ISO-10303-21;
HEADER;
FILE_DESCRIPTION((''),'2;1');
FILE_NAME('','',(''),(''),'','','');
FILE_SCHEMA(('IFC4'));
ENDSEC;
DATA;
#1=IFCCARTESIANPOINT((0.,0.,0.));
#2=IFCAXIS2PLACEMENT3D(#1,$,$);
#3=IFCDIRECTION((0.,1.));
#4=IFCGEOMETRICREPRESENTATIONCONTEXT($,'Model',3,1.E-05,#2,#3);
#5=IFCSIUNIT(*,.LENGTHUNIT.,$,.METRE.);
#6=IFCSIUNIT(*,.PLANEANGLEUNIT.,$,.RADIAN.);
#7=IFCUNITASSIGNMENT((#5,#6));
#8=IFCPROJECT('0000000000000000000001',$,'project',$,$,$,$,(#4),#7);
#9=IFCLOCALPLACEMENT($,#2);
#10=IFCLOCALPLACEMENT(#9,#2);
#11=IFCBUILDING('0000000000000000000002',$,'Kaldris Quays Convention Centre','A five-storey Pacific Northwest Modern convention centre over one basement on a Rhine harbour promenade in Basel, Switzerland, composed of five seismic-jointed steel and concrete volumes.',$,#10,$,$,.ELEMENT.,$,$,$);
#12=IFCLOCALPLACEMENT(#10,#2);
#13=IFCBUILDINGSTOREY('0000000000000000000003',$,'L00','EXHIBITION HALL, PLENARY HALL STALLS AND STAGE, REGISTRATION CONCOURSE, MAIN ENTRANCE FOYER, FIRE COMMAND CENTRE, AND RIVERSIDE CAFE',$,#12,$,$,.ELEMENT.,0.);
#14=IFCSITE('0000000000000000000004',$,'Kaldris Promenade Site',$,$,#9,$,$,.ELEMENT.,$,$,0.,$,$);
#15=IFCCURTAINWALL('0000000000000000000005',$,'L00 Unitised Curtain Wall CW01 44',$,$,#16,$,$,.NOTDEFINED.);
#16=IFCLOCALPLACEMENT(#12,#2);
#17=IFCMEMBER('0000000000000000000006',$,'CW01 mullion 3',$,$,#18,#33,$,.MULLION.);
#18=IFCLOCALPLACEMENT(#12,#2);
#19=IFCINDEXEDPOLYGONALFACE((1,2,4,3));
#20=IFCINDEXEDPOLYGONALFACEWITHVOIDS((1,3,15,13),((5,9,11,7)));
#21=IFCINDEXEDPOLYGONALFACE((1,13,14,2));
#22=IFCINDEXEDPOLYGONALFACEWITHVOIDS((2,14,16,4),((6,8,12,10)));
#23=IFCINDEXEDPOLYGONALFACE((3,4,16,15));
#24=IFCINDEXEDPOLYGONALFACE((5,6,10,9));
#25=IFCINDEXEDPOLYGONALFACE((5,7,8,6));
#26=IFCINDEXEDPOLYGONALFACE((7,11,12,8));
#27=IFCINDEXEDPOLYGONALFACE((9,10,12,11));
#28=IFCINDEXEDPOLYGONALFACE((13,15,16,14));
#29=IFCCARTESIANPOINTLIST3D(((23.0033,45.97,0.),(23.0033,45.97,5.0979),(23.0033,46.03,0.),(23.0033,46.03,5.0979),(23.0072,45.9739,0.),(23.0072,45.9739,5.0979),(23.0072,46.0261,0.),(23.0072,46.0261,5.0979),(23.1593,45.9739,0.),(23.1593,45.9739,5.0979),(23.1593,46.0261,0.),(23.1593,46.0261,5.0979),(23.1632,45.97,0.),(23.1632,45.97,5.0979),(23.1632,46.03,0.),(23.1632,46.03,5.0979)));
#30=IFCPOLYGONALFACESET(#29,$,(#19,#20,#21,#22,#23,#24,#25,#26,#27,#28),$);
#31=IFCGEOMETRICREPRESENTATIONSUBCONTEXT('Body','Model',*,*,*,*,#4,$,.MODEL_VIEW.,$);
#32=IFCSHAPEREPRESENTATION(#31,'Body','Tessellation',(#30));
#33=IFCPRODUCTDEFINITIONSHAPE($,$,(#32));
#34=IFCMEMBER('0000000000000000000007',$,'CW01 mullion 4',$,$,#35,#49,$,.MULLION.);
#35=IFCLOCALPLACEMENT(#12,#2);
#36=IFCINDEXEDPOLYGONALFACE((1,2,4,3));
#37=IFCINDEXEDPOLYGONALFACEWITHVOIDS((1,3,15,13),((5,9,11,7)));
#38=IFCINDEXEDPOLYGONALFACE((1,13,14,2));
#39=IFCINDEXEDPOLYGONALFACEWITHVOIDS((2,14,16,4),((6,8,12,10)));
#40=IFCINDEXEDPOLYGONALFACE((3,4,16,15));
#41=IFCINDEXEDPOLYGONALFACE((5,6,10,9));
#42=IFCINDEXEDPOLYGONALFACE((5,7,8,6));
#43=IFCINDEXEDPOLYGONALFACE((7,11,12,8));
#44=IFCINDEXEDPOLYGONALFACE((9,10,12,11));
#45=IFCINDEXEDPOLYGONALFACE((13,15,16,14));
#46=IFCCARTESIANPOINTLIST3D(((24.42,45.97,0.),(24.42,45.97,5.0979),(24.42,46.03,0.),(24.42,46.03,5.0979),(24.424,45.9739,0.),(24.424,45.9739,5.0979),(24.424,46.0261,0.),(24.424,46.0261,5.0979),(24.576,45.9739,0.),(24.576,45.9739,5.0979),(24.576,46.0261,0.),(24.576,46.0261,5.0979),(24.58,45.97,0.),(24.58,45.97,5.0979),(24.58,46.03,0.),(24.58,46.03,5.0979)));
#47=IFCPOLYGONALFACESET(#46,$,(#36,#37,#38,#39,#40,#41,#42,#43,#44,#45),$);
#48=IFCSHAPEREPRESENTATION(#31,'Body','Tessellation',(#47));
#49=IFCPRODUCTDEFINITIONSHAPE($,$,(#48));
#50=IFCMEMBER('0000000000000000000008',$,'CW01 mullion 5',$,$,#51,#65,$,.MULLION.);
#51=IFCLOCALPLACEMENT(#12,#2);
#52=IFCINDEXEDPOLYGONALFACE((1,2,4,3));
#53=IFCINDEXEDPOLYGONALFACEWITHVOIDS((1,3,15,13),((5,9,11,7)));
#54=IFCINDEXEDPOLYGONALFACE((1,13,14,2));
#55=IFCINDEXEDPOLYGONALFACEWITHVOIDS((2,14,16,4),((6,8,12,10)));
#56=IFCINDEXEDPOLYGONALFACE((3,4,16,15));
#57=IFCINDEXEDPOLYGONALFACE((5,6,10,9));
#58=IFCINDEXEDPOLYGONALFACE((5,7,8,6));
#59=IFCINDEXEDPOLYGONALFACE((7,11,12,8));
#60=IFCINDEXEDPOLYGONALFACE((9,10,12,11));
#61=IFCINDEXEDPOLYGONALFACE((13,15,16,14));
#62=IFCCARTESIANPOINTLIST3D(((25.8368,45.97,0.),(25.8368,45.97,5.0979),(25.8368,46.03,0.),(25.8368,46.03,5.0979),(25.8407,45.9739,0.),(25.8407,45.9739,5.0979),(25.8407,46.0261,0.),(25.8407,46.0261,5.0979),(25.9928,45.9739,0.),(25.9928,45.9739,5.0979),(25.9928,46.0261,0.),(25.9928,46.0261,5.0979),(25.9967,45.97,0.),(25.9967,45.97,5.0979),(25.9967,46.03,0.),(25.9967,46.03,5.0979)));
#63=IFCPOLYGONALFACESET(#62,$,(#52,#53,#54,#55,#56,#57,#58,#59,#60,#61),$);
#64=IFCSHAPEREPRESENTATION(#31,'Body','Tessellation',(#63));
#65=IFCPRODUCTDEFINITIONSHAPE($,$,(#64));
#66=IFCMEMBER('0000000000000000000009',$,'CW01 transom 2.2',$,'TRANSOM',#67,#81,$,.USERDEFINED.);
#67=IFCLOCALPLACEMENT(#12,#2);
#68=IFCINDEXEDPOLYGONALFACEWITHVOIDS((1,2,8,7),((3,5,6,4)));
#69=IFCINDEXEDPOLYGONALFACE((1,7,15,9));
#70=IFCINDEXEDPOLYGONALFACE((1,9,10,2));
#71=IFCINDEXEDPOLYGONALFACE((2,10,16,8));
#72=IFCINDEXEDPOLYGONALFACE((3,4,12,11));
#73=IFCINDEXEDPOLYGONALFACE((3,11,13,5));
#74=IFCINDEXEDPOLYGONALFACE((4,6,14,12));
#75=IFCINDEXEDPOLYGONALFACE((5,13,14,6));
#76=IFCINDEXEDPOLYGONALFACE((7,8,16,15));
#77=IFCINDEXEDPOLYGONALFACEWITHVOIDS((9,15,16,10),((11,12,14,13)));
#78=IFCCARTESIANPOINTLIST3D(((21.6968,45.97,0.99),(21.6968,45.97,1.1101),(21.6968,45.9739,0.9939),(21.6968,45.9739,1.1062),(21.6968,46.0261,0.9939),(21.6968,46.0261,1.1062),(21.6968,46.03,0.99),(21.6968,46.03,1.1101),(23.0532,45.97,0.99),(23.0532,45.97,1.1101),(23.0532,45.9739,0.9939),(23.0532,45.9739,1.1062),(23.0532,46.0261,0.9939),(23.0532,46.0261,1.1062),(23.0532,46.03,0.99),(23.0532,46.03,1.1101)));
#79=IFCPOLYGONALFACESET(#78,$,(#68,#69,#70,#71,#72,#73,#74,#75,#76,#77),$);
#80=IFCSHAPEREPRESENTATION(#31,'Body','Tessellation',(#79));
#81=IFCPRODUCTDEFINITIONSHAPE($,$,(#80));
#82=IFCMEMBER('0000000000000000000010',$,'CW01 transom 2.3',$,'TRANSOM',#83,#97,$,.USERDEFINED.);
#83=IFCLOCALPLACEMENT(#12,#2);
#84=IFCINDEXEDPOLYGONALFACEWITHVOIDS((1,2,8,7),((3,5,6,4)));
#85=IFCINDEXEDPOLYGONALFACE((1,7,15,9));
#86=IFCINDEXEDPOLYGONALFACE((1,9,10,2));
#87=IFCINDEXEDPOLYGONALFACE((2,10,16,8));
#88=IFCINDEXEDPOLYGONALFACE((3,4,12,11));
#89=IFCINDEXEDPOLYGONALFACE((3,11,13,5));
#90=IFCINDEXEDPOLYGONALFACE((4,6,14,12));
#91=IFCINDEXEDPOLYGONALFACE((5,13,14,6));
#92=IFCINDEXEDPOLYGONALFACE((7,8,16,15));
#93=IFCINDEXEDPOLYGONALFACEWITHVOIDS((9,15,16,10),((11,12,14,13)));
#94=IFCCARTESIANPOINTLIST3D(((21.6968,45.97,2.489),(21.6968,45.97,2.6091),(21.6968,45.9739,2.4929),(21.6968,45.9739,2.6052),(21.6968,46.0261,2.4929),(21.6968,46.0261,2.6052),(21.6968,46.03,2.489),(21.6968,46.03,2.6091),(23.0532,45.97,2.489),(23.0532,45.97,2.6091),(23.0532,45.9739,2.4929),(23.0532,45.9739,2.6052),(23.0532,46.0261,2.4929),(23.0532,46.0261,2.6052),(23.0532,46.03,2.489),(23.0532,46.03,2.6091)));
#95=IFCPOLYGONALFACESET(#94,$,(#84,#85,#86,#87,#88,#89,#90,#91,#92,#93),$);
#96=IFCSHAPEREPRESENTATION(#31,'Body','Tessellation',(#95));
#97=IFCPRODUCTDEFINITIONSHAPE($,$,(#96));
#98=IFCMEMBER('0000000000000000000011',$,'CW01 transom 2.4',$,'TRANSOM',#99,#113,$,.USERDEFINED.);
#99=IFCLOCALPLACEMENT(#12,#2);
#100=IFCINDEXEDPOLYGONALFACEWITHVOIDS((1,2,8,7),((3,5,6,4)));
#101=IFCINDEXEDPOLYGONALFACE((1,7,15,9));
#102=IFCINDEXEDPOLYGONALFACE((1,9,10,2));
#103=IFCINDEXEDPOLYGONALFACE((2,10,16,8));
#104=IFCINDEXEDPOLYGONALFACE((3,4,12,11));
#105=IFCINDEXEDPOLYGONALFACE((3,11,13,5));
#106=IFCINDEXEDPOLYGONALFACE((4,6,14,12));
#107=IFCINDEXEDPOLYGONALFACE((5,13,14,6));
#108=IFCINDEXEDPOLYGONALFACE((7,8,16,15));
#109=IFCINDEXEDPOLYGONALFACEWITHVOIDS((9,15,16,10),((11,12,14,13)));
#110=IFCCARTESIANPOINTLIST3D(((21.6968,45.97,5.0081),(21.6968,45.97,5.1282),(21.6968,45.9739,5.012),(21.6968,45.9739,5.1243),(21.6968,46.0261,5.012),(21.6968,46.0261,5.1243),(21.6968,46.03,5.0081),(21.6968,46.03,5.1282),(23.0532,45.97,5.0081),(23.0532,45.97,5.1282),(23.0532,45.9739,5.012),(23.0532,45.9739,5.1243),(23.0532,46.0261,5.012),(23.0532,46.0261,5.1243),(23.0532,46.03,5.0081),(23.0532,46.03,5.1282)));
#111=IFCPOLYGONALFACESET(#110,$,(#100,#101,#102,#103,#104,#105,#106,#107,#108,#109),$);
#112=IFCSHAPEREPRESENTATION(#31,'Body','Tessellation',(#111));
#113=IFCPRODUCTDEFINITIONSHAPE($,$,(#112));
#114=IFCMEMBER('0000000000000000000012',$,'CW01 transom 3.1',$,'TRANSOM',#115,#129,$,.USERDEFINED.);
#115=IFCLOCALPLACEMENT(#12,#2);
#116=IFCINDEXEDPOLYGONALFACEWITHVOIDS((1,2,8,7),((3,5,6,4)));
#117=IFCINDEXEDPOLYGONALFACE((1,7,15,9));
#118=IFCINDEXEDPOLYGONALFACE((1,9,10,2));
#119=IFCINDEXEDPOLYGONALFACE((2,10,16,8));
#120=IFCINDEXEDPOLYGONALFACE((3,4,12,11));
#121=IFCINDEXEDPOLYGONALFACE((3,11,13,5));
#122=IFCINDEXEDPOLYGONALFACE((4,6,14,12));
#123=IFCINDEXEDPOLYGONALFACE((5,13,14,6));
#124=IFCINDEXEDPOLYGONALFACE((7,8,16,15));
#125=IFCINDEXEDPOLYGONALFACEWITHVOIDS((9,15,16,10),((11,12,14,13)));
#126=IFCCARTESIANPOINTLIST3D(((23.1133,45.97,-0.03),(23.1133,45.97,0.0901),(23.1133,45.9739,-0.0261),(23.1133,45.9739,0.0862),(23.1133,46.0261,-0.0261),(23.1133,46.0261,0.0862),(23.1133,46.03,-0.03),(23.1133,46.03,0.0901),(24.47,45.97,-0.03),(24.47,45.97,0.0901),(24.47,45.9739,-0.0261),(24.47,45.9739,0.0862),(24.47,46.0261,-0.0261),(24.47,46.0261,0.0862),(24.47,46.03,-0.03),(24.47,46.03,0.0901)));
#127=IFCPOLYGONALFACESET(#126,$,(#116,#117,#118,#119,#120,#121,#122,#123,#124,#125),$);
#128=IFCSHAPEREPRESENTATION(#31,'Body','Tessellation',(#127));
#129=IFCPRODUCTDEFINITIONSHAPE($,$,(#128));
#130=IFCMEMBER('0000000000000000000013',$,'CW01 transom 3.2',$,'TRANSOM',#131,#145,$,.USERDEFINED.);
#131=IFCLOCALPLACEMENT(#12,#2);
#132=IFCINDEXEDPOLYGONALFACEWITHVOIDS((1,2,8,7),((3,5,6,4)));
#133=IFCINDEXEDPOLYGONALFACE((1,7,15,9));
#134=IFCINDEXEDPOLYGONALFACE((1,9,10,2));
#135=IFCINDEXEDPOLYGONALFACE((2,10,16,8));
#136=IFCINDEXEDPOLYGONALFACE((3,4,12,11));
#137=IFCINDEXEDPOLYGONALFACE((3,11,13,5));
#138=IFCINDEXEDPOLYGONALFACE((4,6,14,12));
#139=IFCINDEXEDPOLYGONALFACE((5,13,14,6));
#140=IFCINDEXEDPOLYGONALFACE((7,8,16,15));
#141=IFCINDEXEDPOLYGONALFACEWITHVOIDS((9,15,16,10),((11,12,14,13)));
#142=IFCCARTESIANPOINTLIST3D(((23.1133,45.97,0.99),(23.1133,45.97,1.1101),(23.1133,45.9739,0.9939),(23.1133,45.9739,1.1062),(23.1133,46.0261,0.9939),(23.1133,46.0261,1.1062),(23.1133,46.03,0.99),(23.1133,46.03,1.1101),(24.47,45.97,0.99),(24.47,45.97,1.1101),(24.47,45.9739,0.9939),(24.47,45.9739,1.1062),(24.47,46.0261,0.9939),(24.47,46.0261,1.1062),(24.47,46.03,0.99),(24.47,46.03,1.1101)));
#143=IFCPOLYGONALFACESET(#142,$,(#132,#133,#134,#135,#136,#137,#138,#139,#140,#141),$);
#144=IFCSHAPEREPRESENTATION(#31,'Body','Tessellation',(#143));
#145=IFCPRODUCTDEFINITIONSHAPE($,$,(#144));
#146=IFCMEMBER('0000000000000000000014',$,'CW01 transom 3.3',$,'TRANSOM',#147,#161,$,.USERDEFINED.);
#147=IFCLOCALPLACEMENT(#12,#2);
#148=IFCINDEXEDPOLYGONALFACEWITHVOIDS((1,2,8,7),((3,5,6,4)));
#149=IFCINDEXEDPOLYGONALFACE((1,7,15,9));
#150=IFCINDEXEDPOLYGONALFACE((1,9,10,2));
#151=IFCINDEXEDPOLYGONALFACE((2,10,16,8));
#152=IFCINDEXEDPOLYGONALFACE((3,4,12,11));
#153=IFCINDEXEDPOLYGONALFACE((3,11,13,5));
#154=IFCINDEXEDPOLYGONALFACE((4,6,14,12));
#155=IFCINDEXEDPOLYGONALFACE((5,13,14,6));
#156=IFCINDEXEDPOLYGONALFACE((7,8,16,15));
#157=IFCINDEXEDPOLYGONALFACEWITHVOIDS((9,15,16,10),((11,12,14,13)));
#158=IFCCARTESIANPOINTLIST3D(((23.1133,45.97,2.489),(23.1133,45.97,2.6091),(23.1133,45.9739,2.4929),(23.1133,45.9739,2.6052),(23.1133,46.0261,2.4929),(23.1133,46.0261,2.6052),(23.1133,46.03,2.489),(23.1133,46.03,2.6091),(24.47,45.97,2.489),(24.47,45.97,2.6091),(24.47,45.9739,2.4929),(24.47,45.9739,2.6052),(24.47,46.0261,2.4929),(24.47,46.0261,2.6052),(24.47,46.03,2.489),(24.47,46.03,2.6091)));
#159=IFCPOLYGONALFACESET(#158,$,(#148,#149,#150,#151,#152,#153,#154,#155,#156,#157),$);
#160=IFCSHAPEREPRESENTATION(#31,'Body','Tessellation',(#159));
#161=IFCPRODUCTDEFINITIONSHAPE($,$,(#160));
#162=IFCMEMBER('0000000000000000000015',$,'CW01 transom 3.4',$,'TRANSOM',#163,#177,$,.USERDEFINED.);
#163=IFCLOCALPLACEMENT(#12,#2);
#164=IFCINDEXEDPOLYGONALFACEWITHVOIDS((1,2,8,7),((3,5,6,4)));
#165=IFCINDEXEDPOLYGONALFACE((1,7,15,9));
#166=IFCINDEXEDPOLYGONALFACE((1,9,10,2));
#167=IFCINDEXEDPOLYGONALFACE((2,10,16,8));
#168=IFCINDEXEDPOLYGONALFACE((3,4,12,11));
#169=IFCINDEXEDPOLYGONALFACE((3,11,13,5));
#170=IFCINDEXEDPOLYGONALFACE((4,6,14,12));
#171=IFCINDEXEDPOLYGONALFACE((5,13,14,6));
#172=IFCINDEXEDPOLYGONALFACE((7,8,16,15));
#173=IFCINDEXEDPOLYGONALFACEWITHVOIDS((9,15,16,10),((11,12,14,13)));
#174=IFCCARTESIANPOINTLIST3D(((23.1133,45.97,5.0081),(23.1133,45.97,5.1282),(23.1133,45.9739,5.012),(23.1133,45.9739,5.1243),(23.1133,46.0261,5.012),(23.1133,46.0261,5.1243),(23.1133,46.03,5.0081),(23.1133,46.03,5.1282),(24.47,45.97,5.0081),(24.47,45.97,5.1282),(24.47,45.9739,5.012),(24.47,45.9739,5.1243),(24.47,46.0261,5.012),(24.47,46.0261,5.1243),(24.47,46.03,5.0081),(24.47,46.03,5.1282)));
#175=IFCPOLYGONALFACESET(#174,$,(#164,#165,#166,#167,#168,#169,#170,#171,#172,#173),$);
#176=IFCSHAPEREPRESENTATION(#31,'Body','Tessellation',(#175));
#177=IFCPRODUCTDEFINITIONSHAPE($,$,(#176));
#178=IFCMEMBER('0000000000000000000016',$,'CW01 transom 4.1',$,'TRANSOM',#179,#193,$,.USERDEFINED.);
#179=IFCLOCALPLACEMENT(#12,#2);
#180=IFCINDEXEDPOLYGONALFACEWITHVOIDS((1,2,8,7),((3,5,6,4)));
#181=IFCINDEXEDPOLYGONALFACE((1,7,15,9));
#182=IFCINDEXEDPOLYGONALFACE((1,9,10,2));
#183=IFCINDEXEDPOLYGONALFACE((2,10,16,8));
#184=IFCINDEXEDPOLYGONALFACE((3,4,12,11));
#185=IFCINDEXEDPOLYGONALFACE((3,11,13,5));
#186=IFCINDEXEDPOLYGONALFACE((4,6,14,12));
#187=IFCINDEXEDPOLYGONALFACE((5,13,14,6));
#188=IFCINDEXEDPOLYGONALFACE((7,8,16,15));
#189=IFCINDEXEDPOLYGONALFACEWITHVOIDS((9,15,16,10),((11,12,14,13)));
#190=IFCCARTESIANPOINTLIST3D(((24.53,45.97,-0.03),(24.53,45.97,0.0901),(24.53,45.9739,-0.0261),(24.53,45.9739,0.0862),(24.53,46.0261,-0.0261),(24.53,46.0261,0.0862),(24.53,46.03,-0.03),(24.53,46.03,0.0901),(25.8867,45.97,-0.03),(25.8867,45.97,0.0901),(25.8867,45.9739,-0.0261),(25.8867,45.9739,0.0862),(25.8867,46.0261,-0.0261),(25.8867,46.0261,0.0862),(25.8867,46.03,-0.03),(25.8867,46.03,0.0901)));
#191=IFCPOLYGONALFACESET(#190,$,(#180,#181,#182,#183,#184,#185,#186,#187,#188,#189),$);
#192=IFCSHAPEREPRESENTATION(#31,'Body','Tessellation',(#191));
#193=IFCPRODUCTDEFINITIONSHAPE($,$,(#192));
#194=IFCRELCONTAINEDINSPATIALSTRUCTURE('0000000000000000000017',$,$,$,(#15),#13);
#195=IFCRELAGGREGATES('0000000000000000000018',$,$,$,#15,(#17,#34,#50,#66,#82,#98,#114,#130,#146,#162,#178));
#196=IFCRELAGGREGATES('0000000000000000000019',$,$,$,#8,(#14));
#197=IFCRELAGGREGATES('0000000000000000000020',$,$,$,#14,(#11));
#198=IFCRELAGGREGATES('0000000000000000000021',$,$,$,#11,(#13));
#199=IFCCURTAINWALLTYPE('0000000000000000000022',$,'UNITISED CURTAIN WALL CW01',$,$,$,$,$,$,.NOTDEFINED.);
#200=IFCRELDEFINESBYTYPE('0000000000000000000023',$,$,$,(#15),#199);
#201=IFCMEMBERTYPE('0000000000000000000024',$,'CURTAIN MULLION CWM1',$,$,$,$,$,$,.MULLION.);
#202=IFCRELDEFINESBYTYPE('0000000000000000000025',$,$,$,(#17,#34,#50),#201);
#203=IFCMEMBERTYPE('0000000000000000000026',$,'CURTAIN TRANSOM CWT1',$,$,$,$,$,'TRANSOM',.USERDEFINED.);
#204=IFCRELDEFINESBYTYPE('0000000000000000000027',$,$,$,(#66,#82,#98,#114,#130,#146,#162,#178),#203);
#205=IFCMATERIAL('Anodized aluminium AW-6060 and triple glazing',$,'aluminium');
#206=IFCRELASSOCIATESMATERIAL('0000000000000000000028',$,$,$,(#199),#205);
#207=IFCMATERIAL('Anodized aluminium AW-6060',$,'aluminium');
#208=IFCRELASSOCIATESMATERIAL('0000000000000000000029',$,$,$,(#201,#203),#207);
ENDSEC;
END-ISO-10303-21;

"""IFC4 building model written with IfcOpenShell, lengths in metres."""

from ifc_helpers import new_model, si_unit, direction, frame, origin, origin_2d, place, context, subcontext, project, spatial, hollow_rectangle, extrude, material, material_profile, profile_set, type_object, element, aggregate, save


model = new_model("IFC4")

# Units and contexts
model_context = context("Model", 3, precision=1e-05, world=origin(), true_north=direction((0.0, 1.0)))
body_context = subcontext(model_context, "Body", "Model", "MODEL_VIEW")
ifc_project = project(units=[si_unit("LENGTHUNIT", "METRE"), si_unit("PLANEANGLEUNIT", "RADIAN")], contexts=[model_context])

# Site, building, storey
site_placement = place(None, origin())
site = spatial("IfcSite", under=ifc_project, at=site_placement, Name="Kaldris Promenade Site", CompositionType="ELEMENT", RefElevation=0.0)
building_placement = place(site_placement, origin())
building = spatial("IfcBuilding", under=site, at=building_placement, Name="Kaldris Quays Convention Centre", Description="A five-storey Pacific Northwest Modern convention centre over one basement on a Rhine harbour promenade in Basel, Switzerland, composed of five seismic-jointed steel and concrete volumes.", CompositionType="ELEMENT")
storey_placement = place(building_placement, origin())
storey = spatial("IfcBuildingStorey", under=building, at=storey_placement, Name="L00", Description="EXHIBITION HALL, PLENARY HALL STALLS AND STAGE, REGISTRATION CONCOURSE, MAIN ENTRANCE FOYER, FIRE COMMAND CENTRE, AND RIVERSIDE CAFE", CompositionType="ELEMENT", Elevation=0.0)

# Curtain wall, members
ifc_material_1 = material(Name="Anodized aluminium AW-6060 and triple glazing", Category="aluminium")
curtain_wall_type = type_object("IfcCurtainWallType", Name="UNITISED CURTAIN WALL CW01", PredefinedType="NOTDEFINED", material=ifc_material_1)
curtain_wall_placement = place(storey_placement, origin())
curtain_wall = element("IfcCurtainWall", 1, at=curtain_wall_placement, inside=storey, type_object=curtain_wall_type, Name="L00 Unitised Curtain Wall CW01 44", PredefinedType="NOTDEFINED")
ifc_material_2 = material(Name="Anodized aluminium AW-6060", Category="aluminium")
ifc_material_profile_1 = material_profile(ifc_material_2, hollow_rectangle(XDim=0.0601, YDim=0.1599, WallThickness=0.0039, at=origin_2d()), Name="RHS 160x60x4")
ifc_profile_set_1 = profile_set([ifc_material_profile_1], Name="Anodized aluminium AW-6060")
member_type_1 = type_object("IfcMemberType", Name="CURTAIN MULLION CWM1", PredefinedType="MULLION", material=ifc_profile_set_1)
member_1_placement = place(storey_placement, frame((23.0833, 46.0, 0.0), z_axis=(0.0, 0.0, 1.0), x_axis=(0.0, 1.0, 0.0)))
member_1 = element("IfcMember", 2, at=member_1_placement, type_object=member_type_1, Name="CW01 mullion 3", PredefinedType="MULLION", context=body_context, shape_type="SweptSolid", body=[
    extrude(hollow_rectangle(XDim=0.0601, YDim=0.1599, WallThickness=0.0039, at=origin_2d()), origin(), (0.0, 0.0, 1.0), 5.0979),
])
member_2_placement = place(storey_placement, frame((24.5, 46.0, 0.0), z_axis=(0.0, 0.0, 1.0), x_axis=(0.0, 1.0, 0.0)))
member_2 = element("IfcMember", 3, at=member_2_placement, type_object=member_type_1, Name="CW01 mullion 4", PredefinedType="MULLION", context=body_context, shape_type="SweptSolid", body=[
    extrude(hollow_rectangle(XDim=0.0601, YDim=0.1599, WallThickness=0.0039, at=origin_2d()), origin(), (0.0, 0.0, 1.0), 5.0979),
])
member_3_placement = place(storey_placement, frame((25.9167, 46.0, 0.0), z_axis=(0.0, 0.0, 1.0), x_axis=(0.0, 1.0, 0.0)))
member_3 = element("IfcMember", 4, at=member_3_placement, type_object=member_type_1, Name="CW01 mullion 5", PredefinedType="MULLION", context=body_context, shape_type="SweptSolid", body=[
    extrude(hollow_rectangle(XDim=0.0601, YDim=0.1599, WallThickness=0.0039, at=origin_2d()), origin(), (0.0, 0.0, 1.0), 5.0979),
])
ifc_material_profile_2 = material_profile(ifc_material_2, hollow_rectangle(XDim=0.0601, YDim=0.1201, WallThickness=0.0039, at=origin_2d()), Name="RHS 120x60x4")
ifc_profile_set_2 = profile_set([ifc_material_profile_2], Name="Anodized aluminium AW-6060")
member_type_2 = type_object("IfcMemberType", Name="CURTAIN TRANSOM CWT1", ElementType="TRANSOM", PredefinedType="USERDEFINED", material=ifc_profile_set_2)
member_4_placement = place(storey_placement, frame((21.6968, 46.0, 1.05), z_axis=(1.0, 0.0, 0.0), x_axis=(0.0, 1.0, 0.0)))
member_4 = element("IfcMember", 5, at=member_4_placement, type_object=member_type_2, Name="CW01 transom 2.2", ObjectType="TRANSOM", PredefinedType="USERDEFINED", context=body_context, shape_type="SweptSolid", body=[
    extrude(hollow_rectangle(XDim=0.0601, YDim=0.1201, WallThickness=0.0039, at=origin_2d()), origin(), (0.0, 0.0, 1.0), 1.3564),
])
member_5_placement = place(storey_placement, frame((21.6968, 46.0, 2.5491), z_axis=(1.0, 0.0, 0.0), x_axis=(0.0, 1.0, 0.0)))
member_5 = element("IfcMember", 6, at=member_5_placement, type_object=member_type_2, Name="CW01 transom 2.3", ObjectType="TRANSOM", PredefinedType="USERDEFINED", context=body_context, shape_type="SweptSolid", body=[
    extrude(hollow_rectangle(XDim=0.0601, YDim=0.1201, WallThickness=0.0039, at=origin_2d()), origin(), (0.0, 0.0, 1.0), 1.3564),
])
member_6_placement = place(storey_placement, frame((21.6968, 46.0, 5.0681), z_axis=(1.0, 0.0, 0.0), x_axis=(0.0, 1.0, 0.0)))
member_6 = element("IfcMember", 7, at=member_6_placement, type_object=member_type_2, Name="CW01 transom 2.4", ObjectType="TRANSOM", PredefinedType="USERDEFINED", context=body_context, shape_type="SweptSolid", body=[
    extrude(hollow_rectangle(XDim=0.0601, YDim=0.1201, WallThickness=0.0039, at=origin_2d()), origin(), (0.0, 0.0, 1.0), 1.3564),
])
member_7_placement = place(storey_placement, frame((23.1133, 46.0, 0.03), z_axis=(1.0, 0.0, 0.0), x_axis=(0.0, 1.0, 0.0)))
member_7 = element("IfcMember", 8, at=member_7_placement, type_object=member_type_2, Name="CW01 transom 3.1", ObjectType="TRANSOM", PredefinedType="USERDEFINED", context=body_context, shape_type="SweptSolid", body=[
    extrude(hollow_rectangle(XDim=0.0601, YDim=0.1201, WallThickness=0.0039, at=origin_2d()), origin(), (0.0, 0.0, 1.0), 1.3567),
])
member_8_placement = place(storey_placement, frame((23.1133, 46.0, 1.05), z_axis=(1.0, 0.0, 0.0), x_axis=(0.0, 1.0, 0.0)))
member_8 = element("IfcMember", 9, at=member_8_placement, type_object=member_type_2, Name="CW01 transom 3.2", ObjectType="TRANSOM", PredefinedType="USERDEFINED", context=body_context, shape_type="SweptSolid", body=[
    extrude(hollow_rectangle(XDim=0.0601, YDim=0.1201, WallThickness=0.0039, at=origin_2d()), origin(), (0.0, 0.0, 1.0), 1.3567),
])
member_9_placement = place(storey_placement, frame((23.1133, 46.0, 2.5491), z_axis=(1.0, 0.0, 0.0), x_axis=(0.0, 1.0, 0.0)))
member_9 = element("IfcMember", 10, at=member_9_placement, type_object=member_type_2, Name="CW01 transom 3.3", ObjectType="TRANSOM", PredefinedType="USERDEFINED", context=body_context, shape_type="SweptSolid", body=[
    extrude(hollow_rectangle(XDim=0.0601, YDim=0.1201, WallThickness=0.0039, at=origin_2d()), origin(), (0.0, 0.0, 1.0), 1.3567),
])
member_10_placement = place(storey_placement, frame((23.1133, 46.0, 5.0681), z_axis=(1.0, 0.0, 0.0), x_axis=(0.0, 1.0, 0.0)))
member_10 = element("IfcMember", 11, at=member_10_placement, type_object=member_type_2, Name="CW01 transom 3.4", ObjectType="TRANSOM", PredefinedType="USERDEFINED", context=body_context, shape_type="SweptSolid", body=[
    extrude(hollow_rectangle(XDim=0.0601, YDim=0.1201, WallThickness=0.0039, at=origin_2d()), origin(), (0.0, 0.0, 1.0), 1.3567),
])
member_11_placement = place(storey_placement, frame((24.53, 46.0, 0.03), z_axis=(1.0, 0.0, 0.0), x_axis=(0.0, 1.0, 0.0)))
member_11 = element("IfcMember", 12, at=member_11_placement, type_object=member_type_2, Name="CW01 transom 4.1", ObjectType="TRANSOM", PredefinedType="USERDEFINED", context=body_context, shape_type="SweptSolid", body=[
    extrude(hollow_rectangle(XDim=0.0601, YDim=0.1201, WallThickness=0.0039, at=origin_2d()), origin(), (0.0, 0.0, 1.0), 1.3567),
])
aggregate(curtain_wall, [member_1, member_2, member_3, member_4, member_5, member_6, member_7, member_8, member_9, member_10, member_11])

save(model, "model.ifc")
